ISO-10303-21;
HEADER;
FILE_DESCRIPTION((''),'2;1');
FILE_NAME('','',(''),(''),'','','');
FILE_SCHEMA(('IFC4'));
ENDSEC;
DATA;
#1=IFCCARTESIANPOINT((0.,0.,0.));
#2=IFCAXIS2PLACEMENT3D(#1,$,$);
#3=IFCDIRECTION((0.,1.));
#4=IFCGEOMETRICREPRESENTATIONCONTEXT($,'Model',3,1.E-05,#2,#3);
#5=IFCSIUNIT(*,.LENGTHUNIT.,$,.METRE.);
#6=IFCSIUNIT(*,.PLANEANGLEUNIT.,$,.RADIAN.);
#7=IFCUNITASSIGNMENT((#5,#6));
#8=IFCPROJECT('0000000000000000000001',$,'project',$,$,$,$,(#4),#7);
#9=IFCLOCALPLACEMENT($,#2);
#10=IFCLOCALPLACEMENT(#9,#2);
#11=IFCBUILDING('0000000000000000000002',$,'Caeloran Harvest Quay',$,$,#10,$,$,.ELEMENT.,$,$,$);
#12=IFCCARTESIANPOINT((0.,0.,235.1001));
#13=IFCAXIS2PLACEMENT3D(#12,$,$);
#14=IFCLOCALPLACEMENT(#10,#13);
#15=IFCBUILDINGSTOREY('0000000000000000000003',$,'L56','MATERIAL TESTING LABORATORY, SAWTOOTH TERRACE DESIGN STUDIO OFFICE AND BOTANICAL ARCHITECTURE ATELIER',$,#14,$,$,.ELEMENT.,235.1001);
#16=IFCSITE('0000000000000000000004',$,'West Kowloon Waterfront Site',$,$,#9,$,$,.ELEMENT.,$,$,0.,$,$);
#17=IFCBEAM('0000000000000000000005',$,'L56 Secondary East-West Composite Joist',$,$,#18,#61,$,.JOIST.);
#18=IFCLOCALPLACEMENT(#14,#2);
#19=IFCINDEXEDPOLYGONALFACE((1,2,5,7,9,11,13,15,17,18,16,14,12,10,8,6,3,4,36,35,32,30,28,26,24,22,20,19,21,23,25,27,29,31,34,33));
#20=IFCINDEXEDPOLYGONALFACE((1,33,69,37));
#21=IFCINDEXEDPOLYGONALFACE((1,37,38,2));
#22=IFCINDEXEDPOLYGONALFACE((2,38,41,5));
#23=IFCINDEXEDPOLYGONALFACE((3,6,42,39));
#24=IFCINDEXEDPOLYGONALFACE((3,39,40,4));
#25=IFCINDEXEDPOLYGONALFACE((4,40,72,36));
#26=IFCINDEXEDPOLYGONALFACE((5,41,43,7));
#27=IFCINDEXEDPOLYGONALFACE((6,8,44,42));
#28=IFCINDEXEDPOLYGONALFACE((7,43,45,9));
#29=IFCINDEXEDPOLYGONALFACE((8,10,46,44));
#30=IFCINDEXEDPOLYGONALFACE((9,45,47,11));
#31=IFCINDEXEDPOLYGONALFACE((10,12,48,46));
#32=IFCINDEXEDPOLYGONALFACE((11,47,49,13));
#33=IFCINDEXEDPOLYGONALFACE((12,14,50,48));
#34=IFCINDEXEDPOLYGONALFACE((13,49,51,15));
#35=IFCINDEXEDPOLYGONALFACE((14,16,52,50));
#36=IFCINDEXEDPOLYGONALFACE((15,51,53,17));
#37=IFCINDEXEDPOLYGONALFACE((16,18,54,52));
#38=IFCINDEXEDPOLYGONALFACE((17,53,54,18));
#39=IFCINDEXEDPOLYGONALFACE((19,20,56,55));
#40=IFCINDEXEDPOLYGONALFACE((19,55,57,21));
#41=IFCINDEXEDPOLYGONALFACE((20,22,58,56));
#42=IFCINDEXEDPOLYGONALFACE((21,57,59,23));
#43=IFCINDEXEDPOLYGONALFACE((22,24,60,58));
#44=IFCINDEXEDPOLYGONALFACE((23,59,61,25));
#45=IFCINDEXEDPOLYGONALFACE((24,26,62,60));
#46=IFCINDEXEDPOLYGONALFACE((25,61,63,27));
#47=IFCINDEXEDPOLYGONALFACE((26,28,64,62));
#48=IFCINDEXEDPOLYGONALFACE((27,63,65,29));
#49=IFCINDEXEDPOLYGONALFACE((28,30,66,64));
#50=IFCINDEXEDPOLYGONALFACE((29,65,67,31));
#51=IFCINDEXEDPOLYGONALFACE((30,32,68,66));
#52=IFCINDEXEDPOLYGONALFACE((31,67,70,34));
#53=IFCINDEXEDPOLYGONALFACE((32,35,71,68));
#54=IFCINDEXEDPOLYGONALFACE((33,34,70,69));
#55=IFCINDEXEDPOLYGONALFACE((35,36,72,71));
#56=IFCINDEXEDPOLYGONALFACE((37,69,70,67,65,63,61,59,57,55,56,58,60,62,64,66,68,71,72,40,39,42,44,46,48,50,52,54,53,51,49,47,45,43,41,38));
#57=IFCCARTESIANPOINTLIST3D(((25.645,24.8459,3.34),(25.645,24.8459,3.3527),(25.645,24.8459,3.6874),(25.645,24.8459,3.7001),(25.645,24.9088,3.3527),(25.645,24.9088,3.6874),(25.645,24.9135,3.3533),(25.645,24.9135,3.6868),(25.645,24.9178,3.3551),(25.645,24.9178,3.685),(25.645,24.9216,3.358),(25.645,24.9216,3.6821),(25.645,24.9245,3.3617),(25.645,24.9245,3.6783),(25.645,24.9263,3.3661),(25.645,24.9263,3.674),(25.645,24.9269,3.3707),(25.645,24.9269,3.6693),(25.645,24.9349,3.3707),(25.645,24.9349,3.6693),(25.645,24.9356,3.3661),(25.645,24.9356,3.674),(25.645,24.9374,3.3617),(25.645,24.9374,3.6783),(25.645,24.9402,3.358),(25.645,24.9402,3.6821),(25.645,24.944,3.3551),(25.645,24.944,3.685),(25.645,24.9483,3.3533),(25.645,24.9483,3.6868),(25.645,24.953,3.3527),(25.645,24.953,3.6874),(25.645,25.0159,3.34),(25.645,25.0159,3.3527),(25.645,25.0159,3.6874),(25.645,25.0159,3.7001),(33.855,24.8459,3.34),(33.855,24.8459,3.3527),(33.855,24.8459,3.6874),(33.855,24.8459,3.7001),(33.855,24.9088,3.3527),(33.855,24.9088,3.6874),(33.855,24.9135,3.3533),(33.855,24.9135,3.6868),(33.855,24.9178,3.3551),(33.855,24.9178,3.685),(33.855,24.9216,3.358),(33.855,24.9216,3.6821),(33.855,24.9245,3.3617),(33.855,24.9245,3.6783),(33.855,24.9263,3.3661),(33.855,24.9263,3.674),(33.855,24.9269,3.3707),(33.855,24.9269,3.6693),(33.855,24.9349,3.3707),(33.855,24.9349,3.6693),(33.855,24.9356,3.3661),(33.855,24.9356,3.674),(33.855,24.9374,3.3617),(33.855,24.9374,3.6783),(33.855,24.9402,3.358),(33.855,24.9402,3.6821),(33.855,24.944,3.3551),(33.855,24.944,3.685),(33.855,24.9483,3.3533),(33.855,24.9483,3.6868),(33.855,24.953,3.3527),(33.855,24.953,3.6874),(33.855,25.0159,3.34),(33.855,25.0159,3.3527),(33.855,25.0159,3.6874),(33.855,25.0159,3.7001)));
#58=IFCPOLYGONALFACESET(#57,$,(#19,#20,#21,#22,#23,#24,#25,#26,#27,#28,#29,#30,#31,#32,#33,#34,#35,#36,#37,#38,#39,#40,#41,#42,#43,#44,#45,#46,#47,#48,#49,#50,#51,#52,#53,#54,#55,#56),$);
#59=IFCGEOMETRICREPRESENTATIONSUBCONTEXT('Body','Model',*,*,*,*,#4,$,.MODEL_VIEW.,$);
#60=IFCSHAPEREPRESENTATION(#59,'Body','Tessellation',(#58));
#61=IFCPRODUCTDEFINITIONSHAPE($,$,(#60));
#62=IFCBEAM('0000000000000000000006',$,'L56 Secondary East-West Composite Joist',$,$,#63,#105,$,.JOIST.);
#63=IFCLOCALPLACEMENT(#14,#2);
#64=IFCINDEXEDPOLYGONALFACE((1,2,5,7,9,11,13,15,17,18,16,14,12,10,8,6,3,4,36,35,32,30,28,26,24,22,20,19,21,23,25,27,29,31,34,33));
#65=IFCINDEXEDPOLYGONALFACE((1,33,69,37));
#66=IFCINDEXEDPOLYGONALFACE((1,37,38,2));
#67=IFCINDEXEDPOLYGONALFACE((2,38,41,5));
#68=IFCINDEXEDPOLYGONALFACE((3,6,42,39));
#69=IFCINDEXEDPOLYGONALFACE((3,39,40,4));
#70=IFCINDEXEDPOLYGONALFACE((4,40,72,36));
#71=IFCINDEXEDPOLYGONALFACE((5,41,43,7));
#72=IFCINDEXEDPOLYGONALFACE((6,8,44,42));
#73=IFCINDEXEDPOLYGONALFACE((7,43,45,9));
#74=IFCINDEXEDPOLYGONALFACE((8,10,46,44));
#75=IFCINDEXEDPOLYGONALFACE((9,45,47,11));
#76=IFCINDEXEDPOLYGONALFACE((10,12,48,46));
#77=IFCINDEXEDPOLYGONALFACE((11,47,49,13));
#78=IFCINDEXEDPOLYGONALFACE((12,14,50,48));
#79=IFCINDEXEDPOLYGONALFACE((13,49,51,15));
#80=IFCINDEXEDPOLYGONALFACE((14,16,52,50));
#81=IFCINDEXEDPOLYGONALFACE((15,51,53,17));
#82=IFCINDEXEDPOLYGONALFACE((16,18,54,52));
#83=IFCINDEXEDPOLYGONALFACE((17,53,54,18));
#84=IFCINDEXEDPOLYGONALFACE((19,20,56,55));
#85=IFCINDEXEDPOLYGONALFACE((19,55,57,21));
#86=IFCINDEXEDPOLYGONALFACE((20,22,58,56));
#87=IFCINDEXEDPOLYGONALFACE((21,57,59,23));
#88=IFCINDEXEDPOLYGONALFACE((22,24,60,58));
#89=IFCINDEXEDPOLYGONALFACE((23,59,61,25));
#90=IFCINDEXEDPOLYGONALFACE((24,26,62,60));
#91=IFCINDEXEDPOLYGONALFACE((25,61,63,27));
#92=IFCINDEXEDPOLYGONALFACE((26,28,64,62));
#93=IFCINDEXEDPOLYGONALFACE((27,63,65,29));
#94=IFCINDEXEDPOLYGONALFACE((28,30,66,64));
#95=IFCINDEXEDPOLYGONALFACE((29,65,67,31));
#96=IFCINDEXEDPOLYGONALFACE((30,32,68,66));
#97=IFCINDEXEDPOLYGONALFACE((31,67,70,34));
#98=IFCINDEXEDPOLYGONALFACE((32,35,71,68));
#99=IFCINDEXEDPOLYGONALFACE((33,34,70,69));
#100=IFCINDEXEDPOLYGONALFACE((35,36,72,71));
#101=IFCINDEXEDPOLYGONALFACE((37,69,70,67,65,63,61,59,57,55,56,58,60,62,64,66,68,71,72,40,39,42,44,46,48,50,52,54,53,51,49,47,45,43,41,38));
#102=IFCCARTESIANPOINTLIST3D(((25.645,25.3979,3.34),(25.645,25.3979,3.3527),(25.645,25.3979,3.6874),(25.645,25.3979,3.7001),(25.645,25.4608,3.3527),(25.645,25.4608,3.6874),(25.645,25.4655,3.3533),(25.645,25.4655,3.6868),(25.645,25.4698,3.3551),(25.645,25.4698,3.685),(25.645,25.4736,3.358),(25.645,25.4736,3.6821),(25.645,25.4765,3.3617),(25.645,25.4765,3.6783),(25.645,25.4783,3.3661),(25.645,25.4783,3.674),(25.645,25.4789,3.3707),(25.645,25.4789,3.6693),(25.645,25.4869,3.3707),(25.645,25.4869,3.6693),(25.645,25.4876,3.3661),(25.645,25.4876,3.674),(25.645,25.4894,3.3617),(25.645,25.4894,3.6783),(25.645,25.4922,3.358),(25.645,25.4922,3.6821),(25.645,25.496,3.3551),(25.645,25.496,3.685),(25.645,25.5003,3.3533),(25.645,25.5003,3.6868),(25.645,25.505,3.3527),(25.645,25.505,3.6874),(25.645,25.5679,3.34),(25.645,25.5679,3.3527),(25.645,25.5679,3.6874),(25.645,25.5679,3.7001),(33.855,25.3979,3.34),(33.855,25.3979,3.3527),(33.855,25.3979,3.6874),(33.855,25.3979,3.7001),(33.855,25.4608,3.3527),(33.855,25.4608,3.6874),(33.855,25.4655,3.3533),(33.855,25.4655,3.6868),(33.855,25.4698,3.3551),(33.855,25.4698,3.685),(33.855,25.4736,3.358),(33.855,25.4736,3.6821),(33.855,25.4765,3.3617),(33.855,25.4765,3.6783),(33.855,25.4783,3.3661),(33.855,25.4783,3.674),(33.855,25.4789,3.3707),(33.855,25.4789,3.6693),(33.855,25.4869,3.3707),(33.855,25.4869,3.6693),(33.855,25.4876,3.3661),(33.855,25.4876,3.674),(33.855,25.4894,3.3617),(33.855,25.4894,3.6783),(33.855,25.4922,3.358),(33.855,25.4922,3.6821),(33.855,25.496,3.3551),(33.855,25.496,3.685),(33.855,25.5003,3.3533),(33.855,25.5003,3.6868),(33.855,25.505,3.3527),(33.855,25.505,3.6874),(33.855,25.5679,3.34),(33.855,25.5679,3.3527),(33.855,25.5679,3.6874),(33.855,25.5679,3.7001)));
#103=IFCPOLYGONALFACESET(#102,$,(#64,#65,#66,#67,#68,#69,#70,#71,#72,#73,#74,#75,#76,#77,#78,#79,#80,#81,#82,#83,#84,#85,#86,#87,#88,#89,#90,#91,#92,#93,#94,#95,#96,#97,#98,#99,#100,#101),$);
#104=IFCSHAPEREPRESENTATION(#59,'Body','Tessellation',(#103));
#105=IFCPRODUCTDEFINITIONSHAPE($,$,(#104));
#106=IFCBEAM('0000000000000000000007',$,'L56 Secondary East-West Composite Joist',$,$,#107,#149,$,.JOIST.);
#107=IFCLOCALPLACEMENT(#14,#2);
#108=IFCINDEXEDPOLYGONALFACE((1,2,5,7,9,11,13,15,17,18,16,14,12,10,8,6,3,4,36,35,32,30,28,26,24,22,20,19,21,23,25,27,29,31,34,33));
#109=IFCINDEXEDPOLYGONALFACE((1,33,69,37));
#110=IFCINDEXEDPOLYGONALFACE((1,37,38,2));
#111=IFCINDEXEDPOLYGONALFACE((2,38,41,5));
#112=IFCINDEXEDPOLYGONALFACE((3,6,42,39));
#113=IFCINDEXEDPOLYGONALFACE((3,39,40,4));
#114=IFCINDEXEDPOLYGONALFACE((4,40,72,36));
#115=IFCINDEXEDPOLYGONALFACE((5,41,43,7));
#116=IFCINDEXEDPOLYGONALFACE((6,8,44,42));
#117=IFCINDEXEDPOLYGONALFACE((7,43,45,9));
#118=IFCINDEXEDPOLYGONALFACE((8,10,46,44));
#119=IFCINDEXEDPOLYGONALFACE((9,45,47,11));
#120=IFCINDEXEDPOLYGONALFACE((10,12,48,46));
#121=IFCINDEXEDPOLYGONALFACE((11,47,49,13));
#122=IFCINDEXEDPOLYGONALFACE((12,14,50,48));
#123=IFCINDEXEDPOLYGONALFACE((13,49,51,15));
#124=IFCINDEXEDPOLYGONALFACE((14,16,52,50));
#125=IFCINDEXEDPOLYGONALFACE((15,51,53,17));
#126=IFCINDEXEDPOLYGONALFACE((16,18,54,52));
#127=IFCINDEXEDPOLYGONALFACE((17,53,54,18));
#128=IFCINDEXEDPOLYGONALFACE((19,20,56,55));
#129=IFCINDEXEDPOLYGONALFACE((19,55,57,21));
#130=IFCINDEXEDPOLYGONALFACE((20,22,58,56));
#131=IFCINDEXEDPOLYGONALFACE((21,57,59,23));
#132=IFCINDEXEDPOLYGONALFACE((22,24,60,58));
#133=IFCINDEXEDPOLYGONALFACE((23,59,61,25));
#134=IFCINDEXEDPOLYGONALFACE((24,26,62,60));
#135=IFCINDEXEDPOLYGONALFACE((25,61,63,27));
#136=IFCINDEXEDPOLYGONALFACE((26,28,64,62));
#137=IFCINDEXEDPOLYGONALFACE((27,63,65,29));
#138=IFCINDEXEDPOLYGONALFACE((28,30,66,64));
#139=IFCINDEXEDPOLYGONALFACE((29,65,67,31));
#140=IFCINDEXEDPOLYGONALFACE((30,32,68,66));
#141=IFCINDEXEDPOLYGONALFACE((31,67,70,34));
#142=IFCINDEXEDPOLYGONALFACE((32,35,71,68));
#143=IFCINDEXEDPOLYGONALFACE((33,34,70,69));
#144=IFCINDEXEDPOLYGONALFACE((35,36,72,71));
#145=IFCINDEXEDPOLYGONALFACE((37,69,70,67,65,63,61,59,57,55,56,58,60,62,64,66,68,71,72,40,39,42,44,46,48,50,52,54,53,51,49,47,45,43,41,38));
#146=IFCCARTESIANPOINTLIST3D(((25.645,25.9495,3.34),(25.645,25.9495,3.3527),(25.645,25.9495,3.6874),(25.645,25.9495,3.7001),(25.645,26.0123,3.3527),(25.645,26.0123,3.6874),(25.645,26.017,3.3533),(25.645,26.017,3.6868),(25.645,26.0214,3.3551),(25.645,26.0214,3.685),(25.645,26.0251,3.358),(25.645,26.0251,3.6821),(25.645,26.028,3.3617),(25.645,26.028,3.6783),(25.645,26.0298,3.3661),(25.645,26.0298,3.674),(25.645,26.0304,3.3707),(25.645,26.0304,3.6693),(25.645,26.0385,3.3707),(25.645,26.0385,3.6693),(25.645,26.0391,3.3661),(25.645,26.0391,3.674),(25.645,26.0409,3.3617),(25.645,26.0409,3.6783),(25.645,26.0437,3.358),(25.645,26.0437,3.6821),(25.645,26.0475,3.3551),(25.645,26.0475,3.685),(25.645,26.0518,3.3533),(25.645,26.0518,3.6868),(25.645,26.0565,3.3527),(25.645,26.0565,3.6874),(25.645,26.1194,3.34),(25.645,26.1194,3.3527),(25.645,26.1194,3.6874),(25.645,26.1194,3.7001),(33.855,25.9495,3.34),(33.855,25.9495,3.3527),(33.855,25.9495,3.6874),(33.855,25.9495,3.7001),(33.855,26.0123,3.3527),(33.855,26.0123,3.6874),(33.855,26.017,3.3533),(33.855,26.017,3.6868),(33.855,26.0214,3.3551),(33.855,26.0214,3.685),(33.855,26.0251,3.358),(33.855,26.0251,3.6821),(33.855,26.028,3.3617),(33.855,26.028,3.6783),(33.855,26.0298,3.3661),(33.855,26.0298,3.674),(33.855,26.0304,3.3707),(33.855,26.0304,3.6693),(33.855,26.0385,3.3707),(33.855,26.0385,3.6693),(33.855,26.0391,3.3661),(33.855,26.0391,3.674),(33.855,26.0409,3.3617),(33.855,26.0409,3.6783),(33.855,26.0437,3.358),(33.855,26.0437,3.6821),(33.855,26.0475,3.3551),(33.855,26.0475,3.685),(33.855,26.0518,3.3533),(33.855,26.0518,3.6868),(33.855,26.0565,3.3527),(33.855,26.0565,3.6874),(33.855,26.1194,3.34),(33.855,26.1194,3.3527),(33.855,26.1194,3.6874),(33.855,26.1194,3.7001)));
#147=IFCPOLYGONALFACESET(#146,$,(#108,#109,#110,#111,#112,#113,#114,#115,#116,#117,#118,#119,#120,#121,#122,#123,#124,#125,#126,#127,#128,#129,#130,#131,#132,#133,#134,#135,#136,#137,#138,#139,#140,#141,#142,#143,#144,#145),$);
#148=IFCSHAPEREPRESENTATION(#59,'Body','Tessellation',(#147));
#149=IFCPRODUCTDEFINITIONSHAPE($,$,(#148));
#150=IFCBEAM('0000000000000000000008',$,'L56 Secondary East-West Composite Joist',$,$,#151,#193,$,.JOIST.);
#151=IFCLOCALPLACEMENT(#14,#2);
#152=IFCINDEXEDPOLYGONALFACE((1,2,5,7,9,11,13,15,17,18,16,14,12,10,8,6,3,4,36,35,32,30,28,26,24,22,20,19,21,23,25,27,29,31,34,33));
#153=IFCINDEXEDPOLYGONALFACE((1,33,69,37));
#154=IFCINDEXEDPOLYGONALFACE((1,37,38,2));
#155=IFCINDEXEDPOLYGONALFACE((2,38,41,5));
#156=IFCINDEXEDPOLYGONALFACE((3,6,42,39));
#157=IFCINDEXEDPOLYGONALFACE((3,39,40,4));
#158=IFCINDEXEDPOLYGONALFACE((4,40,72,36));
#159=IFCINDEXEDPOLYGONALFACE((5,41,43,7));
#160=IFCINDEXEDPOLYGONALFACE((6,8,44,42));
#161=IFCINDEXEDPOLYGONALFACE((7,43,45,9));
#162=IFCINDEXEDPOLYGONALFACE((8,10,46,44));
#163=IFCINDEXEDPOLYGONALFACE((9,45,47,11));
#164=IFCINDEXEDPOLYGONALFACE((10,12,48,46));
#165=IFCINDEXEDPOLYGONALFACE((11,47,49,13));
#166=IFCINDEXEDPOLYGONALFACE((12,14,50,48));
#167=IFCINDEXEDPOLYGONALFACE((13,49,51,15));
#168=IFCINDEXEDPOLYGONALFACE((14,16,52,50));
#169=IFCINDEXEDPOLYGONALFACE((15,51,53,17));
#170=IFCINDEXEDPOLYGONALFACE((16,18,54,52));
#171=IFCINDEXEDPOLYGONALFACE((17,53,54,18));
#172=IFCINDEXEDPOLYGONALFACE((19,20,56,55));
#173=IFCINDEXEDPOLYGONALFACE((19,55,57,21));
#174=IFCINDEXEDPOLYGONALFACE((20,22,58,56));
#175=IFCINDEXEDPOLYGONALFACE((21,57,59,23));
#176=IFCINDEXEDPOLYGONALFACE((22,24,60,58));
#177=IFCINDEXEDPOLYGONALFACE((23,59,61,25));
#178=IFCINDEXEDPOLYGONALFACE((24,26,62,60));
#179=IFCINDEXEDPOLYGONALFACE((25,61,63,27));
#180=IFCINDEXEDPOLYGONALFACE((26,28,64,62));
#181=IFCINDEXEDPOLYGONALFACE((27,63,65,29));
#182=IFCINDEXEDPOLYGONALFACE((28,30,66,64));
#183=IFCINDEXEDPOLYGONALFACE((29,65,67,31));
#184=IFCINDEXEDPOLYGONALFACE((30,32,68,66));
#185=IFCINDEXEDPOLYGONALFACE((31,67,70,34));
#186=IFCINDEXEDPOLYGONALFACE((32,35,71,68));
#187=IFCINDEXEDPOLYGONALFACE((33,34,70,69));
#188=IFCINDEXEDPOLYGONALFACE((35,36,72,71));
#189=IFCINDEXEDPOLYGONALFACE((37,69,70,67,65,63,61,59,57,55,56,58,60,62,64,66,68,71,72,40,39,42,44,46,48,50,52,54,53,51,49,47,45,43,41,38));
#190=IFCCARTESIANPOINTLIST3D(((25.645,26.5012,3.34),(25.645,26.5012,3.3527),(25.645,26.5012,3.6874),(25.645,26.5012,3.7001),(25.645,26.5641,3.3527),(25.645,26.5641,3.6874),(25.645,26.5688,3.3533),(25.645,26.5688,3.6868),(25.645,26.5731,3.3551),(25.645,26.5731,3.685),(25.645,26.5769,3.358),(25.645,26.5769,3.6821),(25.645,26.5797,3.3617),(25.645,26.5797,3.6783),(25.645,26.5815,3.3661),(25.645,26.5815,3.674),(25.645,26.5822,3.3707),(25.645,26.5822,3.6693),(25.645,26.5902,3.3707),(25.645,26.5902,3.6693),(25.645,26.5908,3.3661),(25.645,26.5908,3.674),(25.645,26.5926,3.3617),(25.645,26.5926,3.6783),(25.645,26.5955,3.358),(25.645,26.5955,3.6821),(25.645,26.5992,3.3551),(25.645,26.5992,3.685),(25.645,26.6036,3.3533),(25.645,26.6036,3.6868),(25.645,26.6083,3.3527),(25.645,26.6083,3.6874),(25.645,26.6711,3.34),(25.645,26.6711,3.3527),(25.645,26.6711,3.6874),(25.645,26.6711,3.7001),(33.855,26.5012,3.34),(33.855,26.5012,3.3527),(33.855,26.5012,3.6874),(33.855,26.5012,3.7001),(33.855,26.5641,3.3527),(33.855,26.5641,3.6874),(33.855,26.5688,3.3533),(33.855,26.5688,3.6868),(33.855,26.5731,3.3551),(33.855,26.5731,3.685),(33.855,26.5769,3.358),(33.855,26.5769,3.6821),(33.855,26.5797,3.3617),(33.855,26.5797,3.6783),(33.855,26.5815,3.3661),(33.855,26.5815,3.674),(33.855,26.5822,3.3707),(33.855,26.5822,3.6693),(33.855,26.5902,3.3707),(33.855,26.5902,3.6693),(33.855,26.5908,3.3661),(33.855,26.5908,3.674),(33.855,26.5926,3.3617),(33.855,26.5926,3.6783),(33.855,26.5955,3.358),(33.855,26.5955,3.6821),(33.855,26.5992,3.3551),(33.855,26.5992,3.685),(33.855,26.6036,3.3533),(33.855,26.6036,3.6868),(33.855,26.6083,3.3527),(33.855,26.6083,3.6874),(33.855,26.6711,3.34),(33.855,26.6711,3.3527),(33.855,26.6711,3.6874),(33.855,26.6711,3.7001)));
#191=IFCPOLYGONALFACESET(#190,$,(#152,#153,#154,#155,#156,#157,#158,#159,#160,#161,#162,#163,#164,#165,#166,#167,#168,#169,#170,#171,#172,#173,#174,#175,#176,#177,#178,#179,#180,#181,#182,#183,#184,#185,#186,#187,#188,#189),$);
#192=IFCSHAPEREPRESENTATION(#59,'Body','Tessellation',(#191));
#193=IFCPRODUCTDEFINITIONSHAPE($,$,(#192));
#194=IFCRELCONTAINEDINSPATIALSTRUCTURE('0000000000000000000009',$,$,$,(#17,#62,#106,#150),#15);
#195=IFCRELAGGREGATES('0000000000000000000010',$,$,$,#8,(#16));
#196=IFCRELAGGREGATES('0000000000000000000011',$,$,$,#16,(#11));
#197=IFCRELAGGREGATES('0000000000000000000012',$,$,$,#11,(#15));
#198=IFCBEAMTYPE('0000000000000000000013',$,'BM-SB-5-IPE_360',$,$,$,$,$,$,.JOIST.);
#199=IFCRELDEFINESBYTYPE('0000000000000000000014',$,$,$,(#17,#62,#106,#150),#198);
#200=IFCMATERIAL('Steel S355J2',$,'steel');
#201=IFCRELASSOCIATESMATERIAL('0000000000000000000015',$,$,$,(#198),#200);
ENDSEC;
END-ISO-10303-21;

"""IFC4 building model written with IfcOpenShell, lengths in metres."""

from ifc_helpers import new_model, si_unit, direction, frame, origin, origin_2d, place, context, subcontext, project, spatial, i_section, extrude, material, material_profile, profile_set, type_object, element, save


model = new_model("IFC4")

# Units and contexts
model_context = context("Model", 3, precision=1e-05, world=origin(), true_north=direction((0.0, 1.0)))
body_context = subcontext(model_context, "Body", "Model", "MODEL_VIEW")
ifc_project = project(units=[si_unit("LENGTHUNIT", "METRE"), si_unit("PLANEANGLEUNIT", "RADIAN")], contexts=[model_context])

# Site, building, storey
site_placement = place(None, origin())
site = spatial("IfcSite", under=ifc_project, at=site_placement, Name="West Kowloon Waterfront Site", CompositionType="ELEMENT", RefElevation=0.0)
building_placement = place(site_placement, origin())
building = spatial("IfcBuilding", under=site, at=building_placement, Name="Caeloran Harvest Quay", CompositionType="ELEMENT")
storey_placement = place(building_placement, frame((0.0, 0.0, 235.1001)))
storey = spatial("IfcBuildingStorey", under=building, at=storey_placement, Name="L56", Description="MATERIAL TESTING LABORATORY, SAWTOOTH TERRACE DESIGN STUDIO OFFICE AND BOTANICAL ARCHITECTURE ATELIER", CompositionType="ELEMENT", Elevation=235.1001)

# Beams
ifc_material = material(Name="Steel S355J2", Category="steel")
ifc_material_profile_1 = material_profile(ifc_material, i_section(OverallWidth=0.1699, OverallDepth=0.3601, WebThickness=0.0081, FlangeThickness=0.0127, FilletRadius=0.0181, at=origin_2d()), Name="IPE 360")
ifc_profile_set_1 = profile_set([ifc_material_profile_1], Name="Steel S355J2")
beam_type_1 = type_object("IfcBeamType", Name="BM-SB-5-IPE_360", PredefinedType="JOIST", material=ifc_profile_set_1)
for number, where, z_axis, x_axis, name in (
    (1, (25.645, 24.9309, 3.52), (1.0, 0.0, 0.0), (0.0, 1.0, 0.0), "L56 Secondary East-West Composite Joist"),
    (2, (25.645, 25.4829, 3.52), (1.0, 0.0, 0.0), (0.0, 1.0, 0.0), "L56 Secondary East-West Composite Joist"),
    (3, (25.645, 26.0344, 3.52), (1.0, 0.0, 0.0), (0.0, 1.0, 0.0), "L56 Secondary East-West Composite Joist"),
    (4, (25.645, 26.5862, 3.52), (1.0, 0.0, 0.0), (0.0, 1.0, 0.0), "L56 Secondary East-West Composite Joist"),
):
    element("IfcBeam", number, at=place(storey_placement, frame(where, z_axis=z_axis, x_axis=x_axis)), inside=storey, type_object=beam_type_1, Name=name, PredefinedType="JOIST", context=body_context, shape_type="SweptSolid", body=[
        extrude(i_section(OverallWidth=0.1699, OverallDepth=0.3601, WebThickness=0.0081, FlangeThickness=0.0127, FilletRadius=0.0181, at=origin_2d()), origin(), (0.0, 0.0, 1.0), 8.21),
    ])

save(model, "model.ifc")
